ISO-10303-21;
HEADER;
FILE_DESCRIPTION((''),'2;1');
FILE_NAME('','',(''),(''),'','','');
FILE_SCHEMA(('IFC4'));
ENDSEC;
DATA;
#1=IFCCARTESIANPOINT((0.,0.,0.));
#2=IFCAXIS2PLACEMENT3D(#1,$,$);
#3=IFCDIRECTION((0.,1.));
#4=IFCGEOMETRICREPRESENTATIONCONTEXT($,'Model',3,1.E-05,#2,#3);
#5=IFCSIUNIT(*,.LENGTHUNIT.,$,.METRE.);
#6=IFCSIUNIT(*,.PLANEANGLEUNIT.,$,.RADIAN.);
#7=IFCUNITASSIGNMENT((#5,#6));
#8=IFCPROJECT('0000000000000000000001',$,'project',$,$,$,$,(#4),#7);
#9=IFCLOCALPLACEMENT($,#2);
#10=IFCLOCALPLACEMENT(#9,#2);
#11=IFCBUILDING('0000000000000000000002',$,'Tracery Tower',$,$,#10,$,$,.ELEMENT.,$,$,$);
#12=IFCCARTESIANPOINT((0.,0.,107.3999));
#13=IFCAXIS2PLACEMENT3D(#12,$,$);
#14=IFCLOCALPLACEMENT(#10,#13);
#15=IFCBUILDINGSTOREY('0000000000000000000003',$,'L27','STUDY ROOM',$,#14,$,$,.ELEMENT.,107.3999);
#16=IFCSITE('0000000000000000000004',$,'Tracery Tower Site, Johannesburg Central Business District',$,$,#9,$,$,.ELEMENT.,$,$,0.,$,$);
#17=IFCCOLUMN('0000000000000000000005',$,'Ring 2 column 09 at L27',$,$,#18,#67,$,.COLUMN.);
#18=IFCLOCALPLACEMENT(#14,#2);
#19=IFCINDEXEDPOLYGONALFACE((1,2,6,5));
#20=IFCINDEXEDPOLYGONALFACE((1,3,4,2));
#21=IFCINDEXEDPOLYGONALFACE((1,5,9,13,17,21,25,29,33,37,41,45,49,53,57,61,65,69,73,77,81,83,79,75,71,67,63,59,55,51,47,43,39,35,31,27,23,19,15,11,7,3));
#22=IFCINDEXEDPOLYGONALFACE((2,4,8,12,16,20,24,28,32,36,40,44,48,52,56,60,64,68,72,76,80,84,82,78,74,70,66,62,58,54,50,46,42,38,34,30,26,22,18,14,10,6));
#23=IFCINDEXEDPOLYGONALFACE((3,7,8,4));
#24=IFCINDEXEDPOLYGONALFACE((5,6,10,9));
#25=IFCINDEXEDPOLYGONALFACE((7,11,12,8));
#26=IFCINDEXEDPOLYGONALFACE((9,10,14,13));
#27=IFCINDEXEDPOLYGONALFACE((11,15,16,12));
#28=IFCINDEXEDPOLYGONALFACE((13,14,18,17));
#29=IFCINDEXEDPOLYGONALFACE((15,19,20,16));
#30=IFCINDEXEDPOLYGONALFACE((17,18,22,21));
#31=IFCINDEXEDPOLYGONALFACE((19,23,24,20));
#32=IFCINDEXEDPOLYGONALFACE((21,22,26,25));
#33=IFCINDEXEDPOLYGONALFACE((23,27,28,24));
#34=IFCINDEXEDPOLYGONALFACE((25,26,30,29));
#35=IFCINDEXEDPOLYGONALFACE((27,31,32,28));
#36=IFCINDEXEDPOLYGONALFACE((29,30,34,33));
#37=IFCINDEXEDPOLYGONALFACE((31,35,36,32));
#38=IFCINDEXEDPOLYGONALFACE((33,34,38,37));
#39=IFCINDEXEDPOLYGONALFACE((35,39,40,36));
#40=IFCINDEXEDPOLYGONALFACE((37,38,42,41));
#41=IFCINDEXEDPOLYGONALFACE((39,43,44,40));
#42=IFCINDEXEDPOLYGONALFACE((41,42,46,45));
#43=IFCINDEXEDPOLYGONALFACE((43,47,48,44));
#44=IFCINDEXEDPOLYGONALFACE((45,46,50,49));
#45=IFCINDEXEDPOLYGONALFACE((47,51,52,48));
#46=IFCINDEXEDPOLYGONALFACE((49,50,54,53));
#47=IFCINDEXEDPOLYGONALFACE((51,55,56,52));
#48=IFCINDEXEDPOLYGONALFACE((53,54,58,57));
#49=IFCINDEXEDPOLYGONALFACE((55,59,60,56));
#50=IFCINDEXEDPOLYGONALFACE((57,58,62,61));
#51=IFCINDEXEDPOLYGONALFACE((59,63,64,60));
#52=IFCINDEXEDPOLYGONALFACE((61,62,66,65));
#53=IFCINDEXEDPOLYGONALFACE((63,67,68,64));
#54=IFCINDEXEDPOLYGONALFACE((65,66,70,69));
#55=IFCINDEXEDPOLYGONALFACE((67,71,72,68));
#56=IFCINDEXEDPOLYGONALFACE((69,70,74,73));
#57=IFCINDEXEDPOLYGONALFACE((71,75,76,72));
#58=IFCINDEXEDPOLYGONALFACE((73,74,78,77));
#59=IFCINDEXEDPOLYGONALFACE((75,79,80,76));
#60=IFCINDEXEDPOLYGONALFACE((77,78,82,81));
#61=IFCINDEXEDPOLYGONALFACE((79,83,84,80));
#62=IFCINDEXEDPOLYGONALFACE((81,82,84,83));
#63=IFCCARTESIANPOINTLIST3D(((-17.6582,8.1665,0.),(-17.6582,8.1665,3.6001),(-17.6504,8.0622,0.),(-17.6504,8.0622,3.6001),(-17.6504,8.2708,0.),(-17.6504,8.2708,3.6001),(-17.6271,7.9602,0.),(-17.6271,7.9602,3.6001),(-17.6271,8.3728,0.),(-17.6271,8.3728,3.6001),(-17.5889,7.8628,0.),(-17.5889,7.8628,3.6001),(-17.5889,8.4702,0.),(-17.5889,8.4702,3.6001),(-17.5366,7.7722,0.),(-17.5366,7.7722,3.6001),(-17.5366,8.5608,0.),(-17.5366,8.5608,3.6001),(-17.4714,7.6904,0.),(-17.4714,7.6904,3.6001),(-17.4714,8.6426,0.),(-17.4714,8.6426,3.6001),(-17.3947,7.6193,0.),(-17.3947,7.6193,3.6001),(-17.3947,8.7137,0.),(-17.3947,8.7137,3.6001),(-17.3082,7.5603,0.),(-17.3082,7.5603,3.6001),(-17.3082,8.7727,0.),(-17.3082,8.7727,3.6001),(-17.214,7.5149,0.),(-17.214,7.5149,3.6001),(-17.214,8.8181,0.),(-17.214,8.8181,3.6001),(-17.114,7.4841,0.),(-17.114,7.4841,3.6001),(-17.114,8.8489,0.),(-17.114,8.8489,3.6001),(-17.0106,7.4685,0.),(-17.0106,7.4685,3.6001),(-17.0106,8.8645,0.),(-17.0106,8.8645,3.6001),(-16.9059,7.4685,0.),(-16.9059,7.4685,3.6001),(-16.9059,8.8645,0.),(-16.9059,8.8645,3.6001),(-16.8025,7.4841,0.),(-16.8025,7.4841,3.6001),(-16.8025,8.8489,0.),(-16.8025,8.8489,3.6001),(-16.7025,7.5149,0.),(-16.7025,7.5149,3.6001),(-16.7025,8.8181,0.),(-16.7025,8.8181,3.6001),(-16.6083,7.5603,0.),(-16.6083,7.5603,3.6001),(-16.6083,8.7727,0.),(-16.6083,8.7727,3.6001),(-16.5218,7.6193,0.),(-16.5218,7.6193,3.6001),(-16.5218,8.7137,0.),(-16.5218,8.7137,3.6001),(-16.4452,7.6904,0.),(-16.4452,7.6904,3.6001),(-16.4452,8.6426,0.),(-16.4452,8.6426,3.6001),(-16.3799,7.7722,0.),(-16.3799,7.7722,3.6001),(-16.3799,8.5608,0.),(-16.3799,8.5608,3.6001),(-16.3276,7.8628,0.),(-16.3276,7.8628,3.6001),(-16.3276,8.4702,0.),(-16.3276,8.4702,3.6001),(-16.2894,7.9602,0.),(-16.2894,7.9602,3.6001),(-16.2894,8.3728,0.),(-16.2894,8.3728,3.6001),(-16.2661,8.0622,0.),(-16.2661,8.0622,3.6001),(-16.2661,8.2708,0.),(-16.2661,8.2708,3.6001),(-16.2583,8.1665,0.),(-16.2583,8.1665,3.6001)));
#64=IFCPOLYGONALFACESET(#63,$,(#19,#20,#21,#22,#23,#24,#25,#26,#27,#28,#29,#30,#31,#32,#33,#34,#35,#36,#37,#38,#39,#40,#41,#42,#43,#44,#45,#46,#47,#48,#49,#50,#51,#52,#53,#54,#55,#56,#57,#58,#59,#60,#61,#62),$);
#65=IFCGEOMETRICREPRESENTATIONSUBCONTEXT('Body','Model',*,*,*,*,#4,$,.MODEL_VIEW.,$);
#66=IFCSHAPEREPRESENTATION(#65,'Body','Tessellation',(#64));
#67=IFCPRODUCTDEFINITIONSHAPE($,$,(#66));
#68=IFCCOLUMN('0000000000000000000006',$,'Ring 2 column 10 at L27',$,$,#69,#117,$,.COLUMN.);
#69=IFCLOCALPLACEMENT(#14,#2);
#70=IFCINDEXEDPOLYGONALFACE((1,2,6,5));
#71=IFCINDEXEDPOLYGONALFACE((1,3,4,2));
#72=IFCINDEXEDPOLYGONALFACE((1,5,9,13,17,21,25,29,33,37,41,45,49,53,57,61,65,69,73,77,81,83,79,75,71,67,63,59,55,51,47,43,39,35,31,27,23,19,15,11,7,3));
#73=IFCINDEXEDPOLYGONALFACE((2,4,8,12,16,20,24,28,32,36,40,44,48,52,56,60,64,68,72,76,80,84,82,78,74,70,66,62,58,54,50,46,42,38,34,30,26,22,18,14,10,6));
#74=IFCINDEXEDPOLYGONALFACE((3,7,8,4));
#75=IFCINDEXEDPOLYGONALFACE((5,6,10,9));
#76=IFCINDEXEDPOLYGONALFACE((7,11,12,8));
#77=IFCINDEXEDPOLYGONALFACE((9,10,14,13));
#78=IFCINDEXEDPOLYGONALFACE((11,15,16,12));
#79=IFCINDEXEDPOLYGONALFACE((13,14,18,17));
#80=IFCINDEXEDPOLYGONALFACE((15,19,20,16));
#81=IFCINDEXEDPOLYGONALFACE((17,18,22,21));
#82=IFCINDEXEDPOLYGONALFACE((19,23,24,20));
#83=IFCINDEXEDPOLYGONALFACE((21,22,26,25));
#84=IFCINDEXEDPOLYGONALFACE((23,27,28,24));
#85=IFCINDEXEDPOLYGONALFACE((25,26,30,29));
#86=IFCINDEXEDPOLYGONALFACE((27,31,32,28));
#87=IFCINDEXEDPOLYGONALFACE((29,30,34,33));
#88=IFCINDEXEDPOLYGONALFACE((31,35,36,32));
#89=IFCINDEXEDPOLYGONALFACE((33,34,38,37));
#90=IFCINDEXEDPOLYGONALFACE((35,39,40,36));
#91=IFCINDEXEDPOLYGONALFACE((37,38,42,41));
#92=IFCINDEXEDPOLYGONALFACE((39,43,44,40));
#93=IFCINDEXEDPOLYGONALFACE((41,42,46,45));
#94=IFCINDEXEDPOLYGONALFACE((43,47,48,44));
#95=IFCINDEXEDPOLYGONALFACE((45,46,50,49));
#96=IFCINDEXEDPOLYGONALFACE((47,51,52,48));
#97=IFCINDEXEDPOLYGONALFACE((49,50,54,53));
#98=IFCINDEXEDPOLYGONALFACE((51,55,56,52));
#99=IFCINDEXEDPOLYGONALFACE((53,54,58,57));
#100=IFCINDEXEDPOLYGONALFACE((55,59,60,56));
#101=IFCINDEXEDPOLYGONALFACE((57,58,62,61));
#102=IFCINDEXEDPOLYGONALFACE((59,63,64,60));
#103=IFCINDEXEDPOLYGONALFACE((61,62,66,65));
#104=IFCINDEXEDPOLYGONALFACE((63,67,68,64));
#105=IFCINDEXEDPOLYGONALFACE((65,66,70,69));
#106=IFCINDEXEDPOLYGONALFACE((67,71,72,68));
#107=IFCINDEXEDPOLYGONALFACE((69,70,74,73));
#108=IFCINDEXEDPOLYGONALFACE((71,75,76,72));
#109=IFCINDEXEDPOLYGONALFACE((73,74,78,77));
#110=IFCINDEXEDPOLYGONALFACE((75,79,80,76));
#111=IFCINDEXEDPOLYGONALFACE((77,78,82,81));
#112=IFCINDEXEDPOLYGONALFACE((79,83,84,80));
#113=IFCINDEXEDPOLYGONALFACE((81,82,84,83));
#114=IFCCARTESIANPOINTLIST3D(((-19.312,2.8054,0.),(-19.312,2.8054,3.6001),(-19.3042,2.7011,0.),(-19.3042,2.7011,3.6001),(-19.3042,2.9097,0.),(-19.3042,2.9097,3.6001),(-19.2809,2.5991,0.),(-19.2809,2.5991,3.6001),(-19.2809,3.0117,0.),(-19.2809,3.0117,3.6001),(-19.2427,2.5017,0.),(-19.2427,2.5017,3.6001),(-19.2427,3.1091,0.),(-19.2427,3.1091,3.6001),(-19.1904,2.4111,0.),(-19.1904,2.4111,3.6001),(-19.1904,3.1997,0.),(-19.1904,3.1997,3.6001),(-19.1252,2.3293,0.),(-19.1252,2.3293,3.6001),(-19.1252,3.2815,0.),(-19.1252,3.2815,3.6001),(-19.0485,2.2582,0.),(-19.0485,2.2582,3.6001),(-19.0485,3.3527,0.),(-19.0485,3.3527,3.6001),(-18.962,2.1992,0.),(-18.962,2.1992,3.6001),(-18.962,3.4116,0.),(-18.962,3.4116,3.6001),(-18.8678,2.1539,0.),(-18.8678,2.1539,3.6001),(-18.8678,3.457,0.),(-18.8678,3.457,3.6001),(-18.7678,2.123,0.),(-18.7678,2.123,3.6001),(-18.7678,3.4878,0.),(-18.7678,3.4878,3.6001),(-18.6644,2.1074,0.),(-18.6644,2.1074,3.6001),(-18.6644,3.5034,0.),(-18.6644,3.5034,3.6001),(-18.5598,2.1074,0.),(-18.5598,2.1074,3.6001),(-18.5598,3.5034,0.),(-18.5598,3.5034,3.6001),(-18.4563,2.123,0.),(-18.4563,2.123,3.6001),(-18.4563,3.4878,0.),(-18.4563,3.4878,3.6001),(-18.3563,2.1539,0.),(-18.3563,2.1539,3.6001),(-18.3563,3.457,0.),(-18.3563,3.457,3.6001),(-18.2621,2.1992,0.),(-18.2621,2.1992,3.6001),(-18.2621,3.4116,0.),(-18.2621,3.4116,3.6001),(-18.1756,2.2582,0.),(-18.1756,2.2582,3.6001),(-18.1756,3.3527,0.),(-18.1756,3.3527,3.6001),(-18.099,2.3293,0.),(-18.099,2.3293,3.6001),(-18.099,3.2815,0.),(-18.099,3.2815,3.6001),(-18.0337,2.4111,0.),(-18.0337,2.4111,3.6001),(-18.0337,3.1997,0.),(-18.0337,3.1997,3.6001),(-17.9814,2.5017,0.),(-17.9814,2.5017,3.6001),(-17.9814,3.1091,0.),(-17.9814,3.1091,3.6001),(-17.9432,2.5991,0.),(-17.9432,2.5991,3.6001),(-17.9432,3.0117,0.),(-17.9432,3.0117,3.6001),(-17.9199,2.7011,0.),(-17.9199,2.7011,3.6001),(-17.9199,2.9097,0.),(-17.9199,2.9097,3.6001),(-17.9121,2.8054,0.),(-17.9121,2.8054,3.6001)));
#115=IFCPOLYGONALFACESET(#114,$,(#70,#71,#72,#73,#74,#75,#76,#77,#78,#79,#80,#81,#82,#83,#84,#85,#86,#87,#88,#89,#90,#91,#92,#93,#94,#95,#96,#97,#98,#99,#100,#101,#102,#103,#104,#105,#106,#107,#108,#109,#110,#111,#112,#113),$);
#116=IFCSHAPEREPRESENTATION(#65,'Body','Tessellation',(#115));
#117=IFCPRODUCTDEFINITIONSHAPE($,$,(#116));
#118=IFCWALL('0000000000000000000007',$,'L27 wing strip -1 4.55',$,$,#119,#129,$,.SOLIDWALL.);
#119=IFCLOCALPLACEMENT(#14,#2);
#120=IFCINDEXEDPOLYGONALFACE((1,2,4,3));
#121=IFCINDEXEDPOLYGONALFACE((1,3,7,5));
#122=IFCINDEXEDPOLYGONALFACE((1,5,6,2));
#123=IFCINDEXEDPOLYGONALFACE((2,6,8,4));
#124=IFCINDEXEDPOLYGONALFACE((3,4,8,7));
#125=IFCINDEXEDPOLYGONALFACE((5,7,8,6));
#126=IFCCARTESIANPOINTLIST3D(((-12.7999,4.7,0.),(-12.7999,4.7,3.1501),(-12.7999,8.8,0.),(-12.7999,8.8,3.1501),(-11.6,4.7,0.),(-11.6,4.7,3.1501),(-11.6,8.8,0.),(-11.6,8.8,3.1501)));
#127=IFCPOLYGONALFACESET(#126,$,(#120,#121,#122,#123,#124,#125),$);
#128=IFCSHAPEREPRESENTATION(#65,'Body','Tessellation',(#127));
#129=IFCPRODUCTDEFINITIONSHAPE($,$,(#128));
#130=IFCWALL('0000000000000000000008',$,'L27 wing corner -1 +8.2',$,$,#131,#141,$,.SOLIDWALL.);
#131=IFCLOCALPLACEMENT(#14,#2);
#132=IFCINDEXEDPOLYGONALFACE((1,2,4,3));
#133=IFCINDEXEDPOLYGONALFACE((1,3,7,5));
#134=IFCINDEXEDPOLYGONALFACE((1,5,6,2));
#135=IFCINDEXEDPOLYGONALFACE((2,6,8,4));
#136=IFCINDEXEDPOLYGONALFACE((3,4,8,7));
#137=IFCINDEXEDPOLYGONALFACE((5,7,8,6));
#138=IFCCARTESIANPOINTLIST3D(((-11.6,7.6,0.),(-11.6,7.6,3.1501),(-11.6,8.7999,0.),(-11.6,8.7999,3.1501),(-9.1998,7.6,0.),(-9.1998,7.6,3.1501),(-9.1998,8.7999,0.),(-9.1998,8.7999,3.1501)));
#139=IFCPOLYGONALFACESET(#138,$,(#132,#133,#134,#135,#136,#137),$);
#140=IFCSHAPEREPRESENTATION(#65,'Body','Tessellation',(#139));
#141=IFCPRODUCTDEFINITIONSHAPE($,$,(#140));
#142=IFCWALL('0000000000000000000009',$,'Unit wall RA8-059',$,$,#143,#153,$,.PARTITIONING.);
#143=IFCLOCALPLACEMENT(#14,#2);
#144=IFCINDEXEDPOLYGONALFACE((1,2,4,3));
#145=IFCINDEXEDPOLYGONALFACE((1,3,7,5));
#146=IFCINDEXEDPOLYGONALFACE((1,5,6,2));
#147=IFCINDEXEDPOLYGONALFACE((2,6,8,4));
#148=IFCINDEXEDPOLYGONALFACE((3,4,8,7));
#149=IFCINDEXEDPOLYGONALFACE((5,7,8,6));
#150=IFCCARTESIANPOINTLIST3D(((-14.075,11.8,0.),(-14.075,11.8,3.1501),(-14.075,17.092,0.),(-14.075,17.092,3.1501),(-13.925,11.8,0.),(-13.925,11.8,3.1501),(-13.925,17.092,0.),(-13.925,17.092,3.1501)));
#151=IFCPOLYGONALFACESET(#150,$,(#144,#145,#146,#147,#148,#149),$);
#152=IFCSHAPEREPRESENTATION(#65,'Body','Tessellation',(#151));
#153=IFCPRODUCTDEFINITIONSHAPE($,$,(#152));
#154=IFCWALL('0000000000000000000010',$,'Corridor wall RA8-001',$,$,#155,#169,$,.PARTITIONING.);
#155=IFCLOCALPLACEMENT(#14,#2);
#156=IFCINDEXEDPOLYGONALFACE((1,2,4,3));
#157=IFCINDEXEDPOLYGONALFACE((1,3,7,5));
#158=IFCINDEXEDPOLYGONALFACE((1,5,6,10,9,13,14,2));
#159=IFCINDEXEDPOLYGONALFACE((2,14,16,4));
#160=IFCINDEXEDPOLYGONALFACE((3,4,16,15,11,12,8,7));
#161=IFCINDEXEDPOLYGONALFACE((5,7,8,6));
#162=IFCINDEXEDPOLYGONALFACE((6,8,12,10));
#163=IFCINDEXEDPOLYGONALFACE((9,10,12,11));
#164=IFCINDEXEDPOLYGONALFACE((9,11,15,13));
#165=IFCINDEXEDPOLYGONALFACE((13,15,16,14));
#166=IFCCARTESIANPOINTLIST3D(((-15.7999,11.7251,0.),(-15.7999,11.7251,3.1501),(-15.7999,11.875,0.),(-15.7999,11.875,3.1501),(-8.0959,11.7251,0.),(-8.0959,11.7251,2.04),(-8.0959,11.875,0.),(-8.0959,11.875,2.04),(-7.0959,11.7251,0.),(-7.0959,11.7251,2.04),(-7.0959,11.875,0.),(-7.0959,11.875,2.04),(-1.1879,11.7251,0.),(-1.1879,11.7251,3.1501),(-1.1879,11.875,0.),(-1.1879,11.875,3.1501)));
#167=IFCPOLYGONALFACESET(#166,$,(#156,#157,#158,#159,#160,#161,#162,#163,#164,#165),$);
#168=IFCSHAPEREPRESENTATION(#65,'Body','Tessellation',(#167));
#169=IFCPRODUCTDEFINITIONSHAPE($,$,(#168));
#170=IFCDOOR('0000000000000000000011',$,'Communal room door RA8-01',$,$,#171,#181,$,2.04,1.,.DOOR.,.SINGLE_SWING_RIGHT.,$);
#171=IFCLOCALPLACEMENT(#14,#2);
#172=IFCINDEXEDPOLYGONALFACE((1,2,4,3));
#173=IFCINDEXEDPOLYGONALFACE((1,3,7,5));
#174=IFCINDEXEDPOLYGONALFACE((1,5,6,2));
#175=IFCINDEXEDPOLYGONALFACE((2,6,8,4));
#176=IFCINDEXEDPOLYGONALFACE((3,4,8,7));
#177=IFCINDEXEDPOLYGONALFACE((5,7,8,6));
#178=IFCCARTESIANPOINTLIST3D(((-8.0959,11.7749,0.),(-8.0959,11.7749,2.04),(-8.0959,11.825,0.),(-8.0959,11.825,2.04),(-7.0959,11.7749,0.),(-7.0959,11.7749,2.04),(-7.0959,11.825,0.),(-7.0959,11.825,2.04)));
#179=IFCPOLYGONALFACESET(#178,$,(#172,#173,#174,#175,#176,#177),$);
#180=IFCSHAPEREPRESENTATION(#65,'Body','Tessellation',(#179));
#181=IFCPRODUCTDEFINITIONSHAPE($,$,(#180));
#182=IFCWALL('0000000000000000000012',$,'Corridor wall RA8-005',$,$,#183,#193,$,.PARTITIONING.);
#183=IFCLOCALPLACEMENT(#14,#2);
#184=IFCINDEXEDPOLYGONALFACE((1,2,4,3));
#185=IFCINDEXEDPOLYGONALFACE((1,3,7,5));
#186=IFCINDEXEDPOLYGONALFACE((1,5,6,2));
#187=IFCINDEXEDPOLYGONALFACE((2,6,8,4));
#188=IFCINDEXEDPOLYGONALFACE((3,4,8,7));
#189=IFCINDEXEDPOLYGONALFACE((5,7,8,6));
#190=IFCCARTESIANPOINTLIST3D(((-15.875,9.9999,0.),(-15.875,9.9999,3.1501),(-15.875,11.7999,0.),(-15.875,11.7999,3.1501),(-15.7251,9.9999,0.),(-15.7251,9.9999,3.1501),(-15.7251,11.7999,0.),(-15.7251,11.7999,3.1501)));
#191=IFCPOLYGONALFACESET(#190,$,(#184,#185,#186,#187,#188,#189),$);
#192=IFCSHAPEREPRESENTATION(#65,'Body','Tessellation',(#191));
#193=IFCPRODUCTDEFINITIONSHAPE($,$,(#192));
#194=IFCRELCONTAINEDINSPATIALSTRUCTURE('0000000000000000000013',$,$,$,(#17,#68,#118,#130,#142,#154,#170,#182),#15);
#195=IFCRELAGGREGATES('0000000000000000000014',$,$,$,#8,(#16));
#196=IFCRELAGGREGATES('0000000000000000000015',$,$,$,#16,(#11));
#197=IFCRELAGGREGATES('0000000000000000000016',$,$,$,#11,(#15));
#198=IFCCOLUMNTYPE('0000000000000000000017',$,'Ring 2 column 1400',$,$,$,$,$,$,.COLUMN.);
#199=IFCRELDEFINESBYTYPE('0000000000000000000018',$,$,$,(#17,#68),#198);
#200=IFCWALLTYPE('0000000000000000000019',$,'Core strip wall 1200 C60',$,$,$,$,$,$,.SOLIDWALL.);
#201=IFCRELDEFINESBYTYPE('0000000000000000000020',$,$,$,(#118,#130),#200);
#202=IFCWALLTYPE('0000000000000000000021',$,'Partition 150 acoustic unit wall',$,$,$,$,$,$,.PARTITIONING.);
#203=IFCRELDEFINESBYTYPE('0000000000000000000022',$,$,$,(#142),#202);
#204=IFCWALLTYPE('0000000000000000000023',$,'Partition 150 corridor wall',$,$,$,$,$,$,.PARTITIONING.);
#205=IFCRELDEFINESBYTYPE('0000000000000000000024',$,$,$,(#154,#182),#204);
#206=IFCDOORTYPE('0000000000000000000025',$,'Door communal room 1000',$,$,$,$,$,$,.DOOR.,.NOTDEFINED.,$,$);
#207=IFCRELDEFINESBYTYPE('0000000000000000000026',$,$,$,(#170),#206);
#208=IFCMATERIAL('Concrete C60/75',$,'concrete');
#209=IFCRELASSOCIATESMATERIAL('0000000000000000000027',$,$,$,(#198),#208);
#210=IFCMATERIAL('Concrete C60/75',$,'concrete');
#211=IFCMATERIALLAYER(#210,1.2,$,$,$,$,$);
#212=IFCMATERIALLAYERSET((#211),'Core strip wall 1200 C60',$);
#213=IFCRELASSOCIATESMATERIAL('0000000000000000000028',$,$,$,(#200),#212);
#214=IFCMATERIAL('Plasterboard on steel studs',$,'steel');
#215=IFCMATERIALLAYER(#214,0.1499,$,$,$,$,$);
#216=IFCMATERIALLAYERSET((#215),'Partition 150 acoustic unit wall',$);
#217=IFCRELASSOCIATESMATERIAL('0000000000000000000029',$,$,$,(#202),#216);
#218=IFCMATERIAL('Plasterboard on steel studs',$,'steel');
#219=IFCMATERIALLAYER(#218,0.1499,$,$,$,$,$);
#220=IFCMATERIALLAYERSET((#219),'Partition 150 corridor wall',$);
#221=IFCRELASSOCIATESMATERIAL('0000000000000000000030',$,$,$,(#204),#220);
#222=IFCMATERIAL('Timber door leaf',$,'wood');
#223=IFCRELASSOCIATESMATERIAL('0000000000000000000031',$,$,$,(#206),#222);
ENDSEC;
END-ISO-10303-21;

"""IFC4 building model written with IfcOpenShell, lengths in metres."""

from ifc_helpers import new_model, si_unit, direction, frame, frame_2d, origin, origin_2d, place, context, subcontext, project, spatial, rectangle, circle, extrude, material, layer, layer_set, material_profile, profile_set, type_object, element, fill, save


model = new_model("IFC4")

# Units and contexts
model_context = context("Model", 3, precision=1e-05, world=origin(), true_north=direction((0.0, 1.0)))
body_context = subcontext(model_context, "Body", "Model", "MODEL_VIEW")
ifc_project = project(units=[si_unit("LENGTHUNIT", "METRE"), si_unit("PLANEANGLEUNIT", "RADIAN")], contexts=[model_context])

# Site, building, storey
site_placement = place(None, origin())
site = spatial("IfcSite", under=ifc_project, at=site_placement, Name="Tracery Tower Site, Johannesburg Central Business District", CompositionType="ELEMENT", RefElevation=0.0)
building_placement = place(site_placement, origin())
building = spatial("IfcBuilding", under=site, at=building_placement, Name="Tracery Tower", CompositionType="ELEMENT")
storey_placement = place(building_placement, frame((0.0, 0.0, 107.3999)))
storey = spatial("IfcBuildingStorey", under=building, at=storey_placement, Name="L27", Description="STUDY ROOM", CompositionType="ELEMENT", Elevation=107.3999)

# Columns
ifc_material_1 = material(Name="Concrete C60/75", Category="concrete")
ifc_material_profile = material_profile(ifc_material_1, circle(Radius=0.7, at=origin_2d()), Name="RC D1400")
ifc_profile_set = profile_set([ifc_material_profile], Name="Concrete C60/75")
column_type = type_object("IfcColumnType", Name="Ring 2 column 1400", PredefinedType="COLUMN", material=ifc_profile_set)
for number, where, z_axis, x_axis, name in (
    (1, (-16.9583, 8.1665, 0.0), (0.0, 0.0, 1.0), (1.0, 0.0, 0.0), "Ring 2 column 09 at L27"),
    (2, (-18.6121, 2.8054, 0.0), (0.0, 0.0, 1.0), (1.0, 0.0, 0.0), "Ring 2 column 10 at L27"),
):
    element("IfcColumn", number, at=place(storey_placement, frame(where, z_axis=z_axis, x_axis=x_axis)), inside=storey, type_object=column_type, Name=name, PredefinedType="COLUMN", context=body_context, shape_type="SweptSolid", body=[
        extrude(circle(Radius=0.7, at=origin_2d()), origin(), (0.0, 0.0, 1.0), 3.6001),
    ])

# Walls
ifc_material_2 = material(Name="Concrete C60/75", Category="concrete")
ifc_layer_1 = layer(ifc_material_2, 1.2)
ifc_layer_set_1 = layer_set([ifc_layer_1], Name="Core strip wall 1200 C60")
wall_type_1 = type_object("IfcWallType", Name="Core strip wall 1200 C60", PredefinedType="SOLIDWALL", material=ifc_layer_set_1)
wall_1_placement = place(storey_placement, frame((-12.2, 4.7, 0.0), z_axis=(0.0, 0.0, 1.0), x_axis=(0.0, 1.0, 0.0)))
element("IfcWall", 3, at=wall_1_placement, inside=storey, type_object=wall_type_1, Name="L27 wing strip -1 4.55", PredefinedType="SOLIDWALL", context=body_context, shape_type="SweptSolid", body=[
    extrude(rectangle(XDim=4.1001, YDim=1.2, at=frame_2d((2.05, 0.0))), origin(), (0.0, 0.0, 1.0), 3.1501),
])
wall_2_placement = place(storey_placement, frame((-11.6001, 8.2, 0.0), z_axis=(0.0, 0.0, 1.0), x_axis=(1.0, 0.0, 0.0)))
element("IfcWall", 4, at=wall_2_placement, inside=storey, type_object=wall_type_1, Name="L27 wing corner -1 +8.2", PredefinedType="SOLIDWALL", context=body_context, shape_type="SweptSolid", body=[
    extrude(rectangle(XDim=2.4001, YDim=1.2, at=frame_2d((1.2002, 0.0))), origin(), (0.0, 0.0, 1.0), 3.1501),
])

# Wall
ifc_material_3 = material(Name="Plasterboard on steel studs", Category="steel")
ifc_layer_2 = layer(ifc_material_3, 0.1499)
ifc_layer_set_2 = layer_set([ifc_layer_2], Name="Partition 150 acoustic unit wall")
wall_type_2 = type_object("IfcWallType", Name="Partition 150 acoustic unit wall", PredefinedType="PARTITIONING", material=ifc_layer_set_2)
wall_3_placement = place(storey_placement, frame((-14.0, 11.8, 0.0), z_axis=(0.0, 0.0, 1.0), x_axis=(0.0, 1.0, 0.0)))
element("IfcWall", 5, at=wall_3_placement, inside=storey, type_object=wall_type_2, Name="Unit wall RA8-059", PredefinedType="PARTITIONING", context=body_context, shape_type="SweptSolid", body=[
    extrude(rectangle(XDim=5.292, YDim=0.1499, at=frame_2d((2.646, 0.0))), origin(), (0.0, 0.0, 1.0), 3.1501),
])

# Wall, opening, door
ifc_material_4 = material(Name="Plasterboard on steel studs", Category="steel")
ifc_layer_3 = layer(ifc_material_4, 0.1499)
ifc_layer_set_3 = layer_set([ifc_layer_3], Name="Partition 150 corridor wall")
wall_type_3 = type_object("IfcWallType", Name="Partition 150 corridor wall", PredefinedType="PARTITIONING", material=ifc_layer_set_3)
wall_4_placement = place(storey_placement, frame((-15.8, 11.8, 0.0), z_axis=(0.0, 0.0, 1.0), x_axis=(1.0, 0.0, 0.0)))
wall_4 = element("IfcWall", 6, at=wall_4_placement, inside=storey, type_object=wall_type_3, Name="Corridor wall RA8-001", PredefinedType="PARTITIONING", context=body_context, shape_type="SweptSolid", body=[
    extrude(rectangle(XDim=14.6121, YDim=0.1499, at=frame_2d((7.3062, 0.0))), origin(), (0.0, 0.0, 1.0), 3.1501),
])
opening_1_placement = place(wall_4_placement, frame((7.7041, 0.0, 0.0)))
opening_1 = element("IfcOpeningElement", 7, at=opening_1_placement, cuts=wall_4, PredefinedType="OPENING", context=body_context, shape_type="SweptSolid", body=[
    extrude(rectangle(XDim=1.0, YDim=2.04, at=frame_2d((0.5, 1.02))), frame((0.0, 0.075, 0.0), z_axis=(0.0, -1.0, 0.0), x_axis=(1.0, 0.0, 0.0)), (0.0, 0.0, 1.0), 0.1499),
])
ifc_material_5 = material(Name="Timber door leaf", Category="wood")
door_type_1 = type_object("IfcDoorType", Name="Door communal room 1000", OperationType="NOTDEFINED", PredefinedType="DOOR", material=ifc_material_5)
door_1_placement = place(opening_1_placement, origin())
door_1 = element("IfcDoor", 8, at=door_1_placement, inside=storey, type_object=door_type_1, Name="Communal room door RA8-01", OperationType="SINGLE_SWING_RIGHT", OverallHeight=2.04, OverallWidth=1.0, PredefinedType="DOOR", context=body_context, shape_type="SweptSolid", body=[
    extrude(rectangle(XDim=1.0, YDim=2.04, at=frame_2d((0.5, 1.02))), frame((0.0, 0.0249, 0.0), z_axis=(0.0, -1.0, 0.0), x_axis=(1.0, 0.0, 0.0)), (0.0, 0.0, 1.0), 0.05),
])
fill(opening_1, door_1)

# Wall
wall_5_placement = place(storey_placement, frame((-15.8, 10.0, 0.0), z_axis=(0.0, 0.0, 1.0), x_axis=(0.0, 1.0, 0.0)))
element("IfcWall", 9, at=wall_5_placement, inside=storey, type_object=wall_type_3, Name="Corridor wall RA8-005", PredefinedType="PARTITIONING", context=body_context, shape_type="SweptSolid", body=[
    extrude(rectangle(XDim=1.8, YDim=0.1499, at=frame_2d((0.8999, 0.0))), origin(), (0.0, 0.0, 1.0), 3.1501),
])

save(model, "model.ifc")
